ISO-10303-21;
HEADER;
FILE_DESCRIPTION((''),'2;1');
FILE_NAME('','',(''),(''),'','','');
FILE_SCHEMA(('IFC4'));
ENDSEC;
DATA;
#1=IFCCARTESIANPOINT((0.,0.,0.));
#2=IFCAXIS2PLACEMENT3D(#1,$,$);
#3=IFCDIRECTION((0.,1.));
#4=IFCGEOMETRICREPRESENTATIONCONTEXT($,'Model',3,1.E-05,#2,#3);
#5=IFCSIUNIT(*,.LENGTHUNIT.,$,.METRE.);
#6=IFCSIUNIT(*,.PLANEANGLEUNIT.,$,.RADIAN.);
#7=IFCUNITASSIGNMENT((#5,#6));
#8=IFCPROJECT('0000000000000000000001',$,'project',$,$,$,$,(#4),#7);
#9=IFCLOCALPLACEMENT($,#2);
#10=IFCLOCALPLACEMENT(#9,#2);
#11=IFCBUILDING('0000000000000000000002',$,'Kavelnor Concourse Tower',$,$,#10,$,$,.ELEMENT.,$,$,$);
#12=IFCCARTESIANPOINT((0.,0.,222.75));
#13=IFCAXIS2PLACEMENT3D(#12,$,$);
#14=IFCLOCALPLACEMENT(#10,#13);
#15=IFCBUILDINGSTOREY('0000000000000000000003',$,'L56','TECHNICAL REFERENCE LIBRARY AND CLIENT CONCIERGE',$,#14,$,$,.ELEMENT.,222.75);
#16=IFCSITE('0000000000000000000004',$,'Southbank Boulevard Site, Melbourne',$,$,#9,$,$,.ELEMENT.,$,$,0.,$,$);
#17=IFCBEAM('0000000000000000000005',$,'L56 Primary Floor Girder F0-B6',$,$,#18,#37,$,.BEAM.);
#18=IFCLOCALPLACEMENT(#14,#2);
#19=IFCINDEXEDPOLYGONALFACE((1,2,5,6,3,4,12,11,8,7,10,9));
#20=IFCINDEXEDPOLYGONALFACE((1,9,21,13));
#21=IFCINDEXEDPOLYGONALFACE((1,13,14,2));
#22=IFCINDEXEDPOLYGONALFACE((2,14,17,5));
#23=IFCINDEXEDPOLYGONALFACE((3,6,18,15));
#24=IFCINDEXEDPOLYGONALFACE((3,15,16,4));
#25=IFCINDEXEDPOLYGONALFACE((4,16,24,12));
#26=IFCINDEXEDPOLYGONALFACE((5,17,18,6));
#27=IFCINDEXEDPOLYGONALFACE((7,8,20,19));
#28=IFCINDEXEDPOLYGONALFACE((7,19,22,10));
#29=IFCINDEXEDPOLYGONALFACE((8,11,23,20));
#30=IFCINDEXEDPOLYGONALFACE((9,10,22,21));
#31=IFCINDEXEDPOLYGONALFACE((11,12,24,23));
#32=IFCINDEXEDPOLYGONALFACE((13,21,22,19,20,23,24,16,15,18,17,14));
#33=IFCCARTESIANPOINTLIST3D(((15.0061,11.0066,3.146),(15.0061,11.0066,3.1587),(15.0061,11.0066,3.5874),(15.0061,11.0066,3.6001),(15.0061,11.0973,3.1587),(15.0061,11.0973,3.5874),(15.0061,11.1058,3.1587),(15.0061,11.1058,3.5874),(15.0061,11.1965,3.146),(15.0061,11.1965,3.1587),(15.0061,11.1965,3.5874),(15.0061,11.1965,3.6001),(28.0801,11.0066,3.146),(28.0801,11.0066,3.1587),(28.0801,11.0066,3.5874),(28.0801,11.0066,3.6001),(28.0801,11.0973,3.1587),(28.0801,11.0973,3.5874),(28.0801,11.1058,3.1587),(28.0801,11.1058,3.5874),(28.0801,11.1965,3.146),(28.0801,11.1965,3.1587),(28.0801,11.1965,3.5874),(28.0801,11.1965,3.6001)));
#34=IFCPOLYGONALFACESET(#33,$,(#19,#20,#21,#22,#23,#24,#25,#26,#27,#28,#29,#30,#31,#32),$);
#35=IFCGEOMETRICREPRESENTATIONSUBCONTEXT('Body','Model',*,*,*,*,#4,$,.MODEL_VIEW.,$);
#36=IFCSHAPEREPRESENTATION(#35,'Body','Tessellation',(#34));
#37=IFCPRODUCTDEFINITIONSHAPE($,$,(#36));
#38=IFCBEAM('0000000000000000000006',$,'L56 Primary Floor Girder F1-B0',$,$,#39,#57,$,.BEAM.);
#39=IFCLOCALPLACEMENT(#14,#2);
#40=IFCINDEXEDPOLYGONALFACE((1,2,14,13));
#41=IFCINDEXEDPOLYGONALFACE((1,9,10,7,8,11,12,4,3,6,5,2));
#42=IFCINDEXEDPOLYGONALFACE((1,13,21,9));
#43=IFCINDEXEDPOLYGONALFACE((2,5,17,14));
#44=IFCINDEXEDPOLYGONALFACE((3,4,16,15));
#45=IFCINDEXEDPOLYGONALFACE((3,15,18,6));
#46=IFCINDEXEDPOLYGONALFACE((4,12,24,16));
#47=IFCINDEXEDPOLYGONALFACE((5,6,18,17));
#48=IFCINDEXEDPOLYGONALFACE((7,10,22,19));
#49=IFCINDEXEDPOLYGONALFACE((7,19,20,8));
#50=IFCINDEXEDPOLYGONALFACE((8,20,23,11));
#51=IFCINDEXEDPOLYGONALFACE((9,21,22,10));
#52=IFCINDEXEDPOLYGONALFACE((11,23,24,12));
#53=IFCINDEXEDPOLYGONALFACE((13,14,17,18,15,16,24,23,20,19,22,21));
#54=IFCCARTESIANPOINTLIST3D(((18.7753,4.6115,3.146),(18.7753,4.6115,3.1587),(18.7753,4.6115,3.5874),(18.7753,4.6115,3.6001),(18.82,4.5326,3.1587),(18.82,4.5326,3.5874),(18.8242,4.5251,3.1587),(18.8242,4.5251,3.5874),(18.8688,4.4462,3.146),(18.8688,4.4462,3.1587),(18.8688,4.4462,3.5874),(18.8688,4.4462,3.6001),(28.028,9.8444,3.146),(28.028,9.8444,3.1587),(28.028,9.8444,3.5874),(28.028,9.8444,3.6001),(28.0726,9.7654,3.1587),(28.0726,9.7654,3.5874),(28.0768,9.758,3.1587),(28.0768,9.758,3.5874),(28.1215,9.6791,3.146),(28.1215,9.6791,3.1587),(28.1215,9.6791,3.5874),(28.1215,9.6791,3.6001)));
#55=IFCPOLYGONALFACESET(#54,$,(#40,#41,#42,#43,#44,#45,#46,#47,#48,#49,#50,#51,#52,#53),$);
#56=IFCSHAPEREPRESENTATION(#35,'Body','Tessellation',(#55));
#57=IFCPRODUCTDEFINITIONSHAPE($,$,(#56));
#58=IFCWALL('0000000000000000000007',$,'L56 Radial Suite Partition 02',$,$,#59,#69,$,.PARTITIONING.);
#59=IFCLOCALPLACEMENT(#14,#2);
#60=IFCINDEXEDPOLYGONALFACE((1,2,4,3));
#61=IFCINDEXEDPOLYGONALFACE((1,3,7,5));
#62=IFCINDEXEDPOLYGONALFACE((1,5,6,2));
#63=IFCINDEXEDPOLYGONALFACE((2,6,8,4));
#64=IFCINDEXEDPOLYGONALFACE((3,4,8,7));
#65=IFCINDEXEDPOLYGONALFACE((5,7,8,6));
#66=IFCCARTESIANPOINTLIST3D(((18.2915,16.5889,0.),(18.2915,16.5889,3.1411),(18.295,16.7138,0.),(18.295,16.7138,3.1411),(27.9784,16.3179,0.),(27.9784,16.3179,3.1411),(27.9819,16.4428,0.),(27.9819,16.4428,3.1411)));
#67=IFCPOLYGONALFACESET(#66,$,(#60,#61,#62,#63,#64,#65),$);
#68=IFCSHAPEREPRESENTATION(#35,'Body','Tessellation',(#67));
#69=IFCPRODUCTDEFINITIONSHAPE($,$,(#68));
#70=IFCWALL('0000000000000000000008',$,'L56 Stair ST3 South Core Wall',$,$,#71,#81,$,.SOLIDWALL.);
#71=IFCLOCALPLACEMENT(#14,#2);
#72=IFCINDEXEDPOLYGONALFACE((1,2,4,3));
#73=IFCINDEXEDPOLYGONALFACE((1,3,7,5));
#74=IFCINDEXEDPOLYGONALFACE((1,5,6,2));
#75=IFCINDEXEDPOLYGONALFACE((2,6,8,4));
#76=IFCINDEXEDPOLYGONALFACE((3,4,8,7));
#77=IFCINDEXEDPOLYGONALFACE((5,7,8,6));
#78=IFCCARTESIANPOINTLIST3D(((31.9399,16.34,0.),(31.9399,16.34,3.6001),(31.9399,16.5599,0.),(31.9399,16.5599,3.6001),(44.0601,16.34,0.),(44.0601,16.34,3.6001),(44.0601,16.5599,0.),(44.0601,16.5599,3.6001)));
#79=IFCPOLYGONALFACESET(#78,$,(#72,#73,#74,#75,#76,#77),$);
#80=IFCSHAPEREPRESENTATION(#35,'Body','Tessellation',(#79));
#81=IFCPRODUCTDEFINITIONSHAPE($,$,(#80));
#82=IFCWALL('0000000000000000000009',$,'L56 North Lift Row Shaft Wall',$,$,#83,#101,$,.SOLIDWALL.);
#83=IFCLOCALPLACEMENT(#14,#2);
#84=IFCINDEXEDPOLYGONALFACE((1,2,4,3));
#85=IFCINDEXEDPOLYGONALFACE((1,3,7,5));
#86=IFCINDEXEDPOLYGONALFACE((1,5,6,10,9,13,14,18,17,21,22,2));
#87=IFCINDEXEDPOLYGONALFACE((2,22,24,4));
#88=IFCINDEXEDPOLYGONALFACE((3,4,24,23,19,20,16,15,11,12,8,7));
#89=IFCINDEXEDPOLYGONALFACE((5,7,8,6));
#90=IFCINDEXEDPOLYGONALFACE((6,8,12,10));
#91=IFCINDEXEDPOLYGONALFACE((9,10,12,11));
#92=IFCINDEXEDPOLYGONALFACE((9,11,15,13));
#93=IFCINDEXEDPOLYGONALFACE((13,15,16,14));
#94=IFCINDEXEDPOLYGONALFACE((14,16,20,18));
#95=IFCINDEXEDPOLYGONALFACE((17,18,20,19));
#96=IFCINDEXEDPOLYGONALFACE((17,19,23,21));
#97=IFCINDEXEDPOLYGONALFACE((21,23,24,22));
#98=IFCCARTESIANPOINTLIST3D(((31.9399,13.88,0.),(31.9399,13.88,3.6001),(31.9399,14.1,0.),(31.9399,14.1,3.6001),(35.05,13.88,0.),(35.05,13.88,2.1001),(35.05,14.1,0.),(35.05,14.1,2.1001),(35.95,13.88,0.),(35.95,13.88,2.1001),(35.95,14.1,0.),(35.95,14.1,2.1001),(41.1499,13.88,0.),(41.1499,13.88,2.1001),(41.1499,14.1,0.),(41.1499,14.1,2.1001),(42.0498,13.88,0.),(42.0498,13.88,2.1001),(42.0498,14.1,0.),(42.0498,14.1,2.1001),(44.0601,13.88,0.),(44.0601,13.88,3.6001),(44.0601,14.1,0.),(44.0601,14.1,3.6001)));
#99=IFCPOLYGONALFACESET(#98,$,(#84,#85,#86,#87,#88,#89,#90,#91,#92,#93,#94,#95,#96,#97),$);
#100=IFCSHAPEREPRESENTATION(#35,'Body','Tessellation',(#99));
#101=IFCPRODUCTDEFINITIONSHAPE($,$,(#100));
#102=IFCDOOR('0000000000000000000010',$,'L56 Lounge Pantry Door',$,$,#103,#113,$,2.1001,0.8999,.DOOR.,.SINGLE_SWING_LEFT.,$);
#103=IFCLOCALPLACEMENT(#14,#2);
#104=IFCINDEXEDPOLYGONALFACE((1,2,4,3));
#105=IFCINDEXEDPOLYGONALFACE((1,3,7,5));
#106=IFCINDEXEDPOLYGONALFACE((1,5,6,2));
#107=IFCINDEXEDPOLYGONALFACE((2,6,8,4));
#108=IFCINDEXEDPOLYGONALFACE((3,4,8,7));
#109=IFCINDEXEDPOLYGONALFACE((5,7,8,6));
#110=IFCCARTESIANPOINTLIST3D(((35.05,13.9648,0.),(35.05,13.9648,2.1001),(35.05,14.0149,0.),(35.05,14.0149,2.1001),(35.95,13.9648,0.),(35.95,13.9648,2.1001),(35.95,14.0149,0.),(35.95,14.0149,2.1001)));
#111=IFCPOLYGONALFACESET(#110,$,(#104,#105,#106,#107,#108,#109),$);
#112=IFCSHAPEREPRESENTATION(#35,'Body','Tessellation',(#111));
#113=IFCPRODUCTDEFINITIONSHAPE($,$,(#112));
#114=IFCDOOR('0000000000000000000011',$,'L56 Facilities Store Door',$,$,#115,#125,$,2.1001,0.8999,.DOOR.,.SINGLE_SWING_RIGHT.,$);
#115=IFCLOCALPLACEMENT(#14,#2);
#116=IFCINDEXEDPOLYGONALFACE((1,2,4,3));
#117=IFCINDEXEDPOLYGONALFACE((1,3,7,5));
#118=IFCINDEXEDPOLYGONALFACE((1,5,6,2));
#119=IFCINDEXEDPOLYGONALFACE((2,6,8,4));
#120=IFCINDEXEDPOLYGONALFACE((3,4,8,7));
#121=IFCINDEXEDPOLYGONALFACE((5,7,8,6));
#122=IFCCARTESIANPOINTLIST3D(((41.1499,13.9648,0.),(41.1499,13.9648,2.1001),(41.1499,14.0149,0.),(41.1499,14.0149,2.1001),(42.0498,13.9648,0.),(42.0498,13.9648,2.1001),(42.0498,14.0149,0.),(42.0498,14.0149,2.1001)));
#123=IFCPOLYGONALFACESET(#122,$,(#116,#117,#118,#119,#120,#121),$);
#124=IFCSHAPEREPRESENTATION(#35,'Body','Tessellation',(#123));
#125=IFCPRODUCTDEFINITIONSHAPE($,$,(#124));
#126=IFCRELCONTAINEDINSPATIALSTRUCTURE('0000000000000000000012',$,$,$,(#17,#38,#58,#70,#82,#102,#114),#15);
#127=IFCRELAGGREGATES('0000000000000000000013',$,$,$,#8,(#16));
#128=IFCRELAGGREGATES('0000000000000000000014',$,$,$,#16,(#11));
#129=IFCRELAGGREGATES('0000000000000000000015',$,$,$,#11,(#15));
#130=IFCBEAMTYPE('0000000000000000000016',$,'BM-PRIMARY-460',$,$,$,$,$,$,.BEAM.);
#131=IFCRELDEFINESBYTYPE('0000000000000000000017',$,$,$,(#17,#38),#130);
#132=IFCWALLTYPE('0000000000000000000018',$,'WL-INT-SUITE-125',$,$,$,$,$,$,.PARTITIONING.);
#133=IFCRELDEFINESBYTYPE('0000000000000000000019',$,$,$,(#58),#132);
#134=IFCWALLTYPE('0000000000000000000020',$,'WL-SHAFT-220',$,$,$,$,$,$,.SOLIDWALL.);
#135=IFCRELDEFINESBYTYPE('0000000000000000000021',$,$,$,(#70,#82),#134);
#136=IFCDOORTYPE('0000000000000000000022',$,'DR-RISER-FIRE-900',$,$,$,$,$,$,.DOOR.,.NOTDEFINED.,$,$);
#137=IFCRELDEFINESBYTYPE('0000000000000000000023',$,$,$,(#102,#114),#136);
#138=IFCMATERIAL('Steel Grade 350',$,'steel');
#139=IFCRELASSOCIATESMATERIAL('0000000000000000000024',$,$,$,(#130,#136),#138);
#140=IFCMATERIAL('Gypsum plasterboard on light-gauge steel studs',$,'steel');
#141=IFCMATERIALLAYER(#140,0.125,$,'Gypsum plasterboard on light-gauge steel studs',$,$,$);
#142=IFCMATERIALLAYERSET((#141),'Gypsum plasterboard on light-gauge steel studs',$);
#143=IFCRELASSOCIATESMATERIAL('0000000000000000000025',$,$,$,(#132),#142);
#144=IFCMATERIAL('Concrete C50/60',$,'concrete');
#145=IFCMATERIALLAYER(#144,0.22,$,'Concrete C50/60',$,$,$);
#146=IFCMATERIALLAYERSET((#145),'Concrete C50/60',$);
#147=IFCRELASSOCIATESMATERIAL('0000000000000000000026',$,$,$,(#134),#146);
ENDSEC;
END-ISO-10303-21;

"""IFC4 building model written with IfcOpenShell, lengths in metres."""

from ifc_helpers import new_model, si_unit, direction, frame, frame_2d, origin, origin_2d, place, context, subcontext, project, spatial, rectangle, i_section, extrude, material, layer, layer_set, material_profile, profile_set, type_object, element, fill, save


model = new_model("IFC4")

# Units and contexts
model_context = context("Model", 3, precision=1e-05, world=origin(), true_north=direction((0.0, 1.0)))
body_context = subcontext(model_context, "Body", "Model", "MODEL_VIEW")
ifc_project = project(units=[si_unit("LENGTHUNIT", "METRE"), si_unit("PLANEANGLEUNIT", "RADIAN")], contexts=[model_context])

# Site, building, storey
site_placement = place(None, origin())
site = spatial("IfcSite", under=ifc_project, at=site_placement, Name="Southbank Boulevard Site, Melbourne", CompositionType="ELEMENT", RefElevation=0.0)
building_placement = place(site_placement, origin())
building = spatial("IfcBuilding", under=site, at=building_placement, Name="Kavelnor Concourse Tower", CompositionType="ELEMENT")
storey_placement = place(building_placement, frame((0.0, 0.0, 222.75)))
storey = spatial("IfcBuildingStorey", under=building, at=storey_placement, Name="L56", Description="TECHNICAL REFERENCE LIBRARY AND CLIENT CONCIERGE", CompositionType="ELEMENT", Elevation=222.75)

# Beams
ifc_material_1 = material(Name="Steel Grade 350", Category="steel")
ifc_material_profile = material_profile(ifc_material_1, i_section(OverallWidth=0.1899, OverallDepth=0.4541, WebThickness=0.0085, FlangeThickness=0.0127, at=origin_2d()), Name="460UB67")
ifc_profile_set = profile_set([ifc_material_profile], Name="Steel Grade 350")
beam_type = type_object("IfcBeamType", Name="BM-PRIMARY-460", PredefinedType="BEAM", material=ifc_profile_set)
beam_1_placement = place(storey_placement, frame((28.0801, 11.1016, 3.373), z_axis=(-1.0, 0.0, 0.0), x_axis=(0.0, -1.0, 0.0)))
element("IfcBeam", 1, at=beam_1_placement, inside=storey, type_object=beam_type, Name="L56 Primary Floor Girder F0-B6", PredefinedType="BEAM", context=body_context, shape_type="SweptSolid", body=[
    extrude(i_section(OverallWidth=0.1899, OverallDepth=0.4541, WebThickness=0.0085, FlangeThickness=0.0127, at=origin_2d()), origin(), (0.0, 0.0, 1.0), 13.074),
])
beam_2_placement = place(storey_placement, frame((28.0747, 9.7617, 3.373), z_axis=(-0.870437, -0.49228, 0.0), x_axis=(0.49228, -0.870437, 0.0)))
element("IfcBeam", 2, at=beam_2_placement, inside=storey, type_object=beam_type, Name="L56 Primary Floor Girder F1-B0", PredefinedType="BEAM", context=body_context, shape_type="SweptSolid", body=[
    extrude(i_section(OverallWidth=0.1899, OverallDepth=0.4541, WebThickness=0.0085, FlangeThickness=0.0127, at=origin_2d()), origin(), (0.0, 0.0, 1.0), 10.6299),
])

# Walls
ifc_material_2 = material(Name="Gypsum plasterboard on light-gauge steel studs", Category="steel")
ifc_layer_1 = layer(ifc_material_2, 0.125, Name="Gypsum plasterboard on light-gauge steel studs")
ifc_layer_set_1 = layer_set([ifc_layer_1], Name="Gypsum plasterboard on light-gauge steel studs")
wall_type_1 = type_object("IfcWallType", Name="WL-INT-SUITE-125", PredefinedType="PARTITIONING", material=ifc_layer_set_1)
wall_1_placement = place(storey_placement, frame((27.98, 16.3804, 0.0), z_axis=(0.0, 0.0, 1.0), x_axis=(-0.999609, 0.027965, 0.0)))
element("IfcWall", 3, at=wall_1_placement, inside=storey, type_object=wall_type_1, Name="L56 Radial Suite Partition 02", PredefinedType="PARTITIONING", context=body_context, shape_type="SweptSolid", body=[
    extrude(rectangle(XDim=9.6907, YDim=0.125, at=frame_2d((4.8452, 0.0))), origin(), (0.0, 0.0, 1.0), 3.1411),
])
ifc_material_3 = material(Name="Concrete C50/60", Category="concrete")
ifc_layer_2 = layer(ifc_material_3, 0.22, Name="Concrete C50/60")
ifc_layer_set_2 = layer_set([ifc_layer_2], Name="Concrete C50/60")
wall_type_2 = type_object("IfcWallType", Name="WL-SHAFT-220", PredefinedType="SOLIDWALL", material=ifc_layer_set_2)
wall_2_placement = place(storey_placement, frame((31.9399, 16.45, 0.0), z_axis=(0.0, 0.0, 1.0), x_axis=(1.0, 0.0, 0.0)))
element("IfcWall", 4, at=wall_2_placement, inside=storey, type_object=wall_type_2, Name="L56 Stair ST3 South Core Wall", PredefinedType="SOLIDWALL", context=body_context, shape_type="SweptSolid", body=[
    extrude(rectangle(XDim=12.1201, YDim=0.22, at=frame_2d((6.0601, 0.0))), origin(), (0.0, 0.0, 1.0), 3.6001),
])

# Wall, openings, doors
wall_3_placement = place(storey_placement, frame((31.9399, 13.99, 0.0), z_axis=(0.0, 0.0, 1.0), x_axis=(1.0, 0.0, 0.0)))
wall_3 = element("IfcWall", 5, at=wall_3_placement, inside=storey, type_object=wall_type_2, Name="L56 North Lift Row Shaft Wall", PredefinedType="SOLIDWALL", context=body_context, shape_type="SweptSolid", body=[
    extrude(rectangle(XDim=12.1201, YDim=0.22, at=frame_2d((6.0601, 0.0))), origin(), (0.0, 0.0, 1.0), 3.6001),
])
opening_1_placement = place(wall_3_placement, frame((3.1101, 0.0, 0.0)))
opening_1 = element("IfcOpeningElement", 6, at=opening_1_placement, cuts=wall_3, PredefinedType="OPENING", context=body_context, shape_type="SweptSolid", body=[
    extrude(rectangle(XDim=0.8999, YDim=2.1001, at=frame_2d((0.45, 1.05))), frame((0.0, 0.1201, 0.0), z_axis=(0.0, -1.0, 0.0), x_axis=(1.0, 0.0, 0.0)), (0.0, 0.0, 1.0), 0.24),
])
opening_2_placement = place(wall_3_placement, frame((9.21, 0.0, 0.0)))
opening_2 = element("IfcOpeningElement", 7, at=opening_2_placement, cuts=wall_3, PredefinedType="OPENING", context=body_context, shape_type="SweptSolid", body=[
    extrude(rectangle(XDim=0.8999, YDim=2.1001, at=frame_2d((0.45, 1.05))), frame((0.0, 0.1201, 0.0), z_axis=(0.0, -1.0, 0.0), x_axis=(1.0, 0.0, 0.0)), (0.0, 0.0, 1.0), 0.24),
])
door_type_1 = type_object("IfcDoorType", Name="DR-RISER-FIRE-900", OperationType="NOTDEFINED", PredefinedType="DOOR", material=ifc_material_1)
door_1_placement = place(opening_1_placement, origin())
door_1 = element("IfcDoor", 8, at=door_1_placement, inside=storey, type_object=door_type_1, Name="L56 Lounge Pantry Door", OperationType="SINGLE_SWING_LEFT", OverallHeight=2.1001, OverallWidth=0.8999, PredefinedType="DOOR", context=body_context, shape_type="SweptSolid", body=[
    extrude(rectangle(XDim=0.8999, YDim=2.1001, at=frame_2d((0.45, 1.05))), frame((0.0, 0.0249, 0.0), z_axis=(0.0, -1.0, 0.0), x_axis=(1.0, 0.0, 0.0)), (0.0, 0.0, 1.0), 0.05),
])
fill(opening_1, door_1)
door_2_placement = place(opening_2_placement, origin())
door_2 = element("IfcDoor", 9, at=door_2_placement, inside=storey, type_object=door_type_1, Name="L56 Facilities Store Door", OperationType="SINGLE_SWING_RIGHT", OverallHeight=2.1001, OverallWidth=0.8999, PredefinedType="DOOR", context=body_context, shape_type="SweptSolid", body=[
    extrude(rectangle(XDim=0.8999, YDim=2.1001, at=frame_2d((0.45, 1.05))), frame((0.0, 0.0249, 0.0), z_axis=(0.0, -1.0, 0.0), x_axis=(1.0, 0.0, 0.0)), (0.0, 0.0, 1.0), 0.05),
])
fill(opening_2, door_2)

save(model, "model.ifc")
